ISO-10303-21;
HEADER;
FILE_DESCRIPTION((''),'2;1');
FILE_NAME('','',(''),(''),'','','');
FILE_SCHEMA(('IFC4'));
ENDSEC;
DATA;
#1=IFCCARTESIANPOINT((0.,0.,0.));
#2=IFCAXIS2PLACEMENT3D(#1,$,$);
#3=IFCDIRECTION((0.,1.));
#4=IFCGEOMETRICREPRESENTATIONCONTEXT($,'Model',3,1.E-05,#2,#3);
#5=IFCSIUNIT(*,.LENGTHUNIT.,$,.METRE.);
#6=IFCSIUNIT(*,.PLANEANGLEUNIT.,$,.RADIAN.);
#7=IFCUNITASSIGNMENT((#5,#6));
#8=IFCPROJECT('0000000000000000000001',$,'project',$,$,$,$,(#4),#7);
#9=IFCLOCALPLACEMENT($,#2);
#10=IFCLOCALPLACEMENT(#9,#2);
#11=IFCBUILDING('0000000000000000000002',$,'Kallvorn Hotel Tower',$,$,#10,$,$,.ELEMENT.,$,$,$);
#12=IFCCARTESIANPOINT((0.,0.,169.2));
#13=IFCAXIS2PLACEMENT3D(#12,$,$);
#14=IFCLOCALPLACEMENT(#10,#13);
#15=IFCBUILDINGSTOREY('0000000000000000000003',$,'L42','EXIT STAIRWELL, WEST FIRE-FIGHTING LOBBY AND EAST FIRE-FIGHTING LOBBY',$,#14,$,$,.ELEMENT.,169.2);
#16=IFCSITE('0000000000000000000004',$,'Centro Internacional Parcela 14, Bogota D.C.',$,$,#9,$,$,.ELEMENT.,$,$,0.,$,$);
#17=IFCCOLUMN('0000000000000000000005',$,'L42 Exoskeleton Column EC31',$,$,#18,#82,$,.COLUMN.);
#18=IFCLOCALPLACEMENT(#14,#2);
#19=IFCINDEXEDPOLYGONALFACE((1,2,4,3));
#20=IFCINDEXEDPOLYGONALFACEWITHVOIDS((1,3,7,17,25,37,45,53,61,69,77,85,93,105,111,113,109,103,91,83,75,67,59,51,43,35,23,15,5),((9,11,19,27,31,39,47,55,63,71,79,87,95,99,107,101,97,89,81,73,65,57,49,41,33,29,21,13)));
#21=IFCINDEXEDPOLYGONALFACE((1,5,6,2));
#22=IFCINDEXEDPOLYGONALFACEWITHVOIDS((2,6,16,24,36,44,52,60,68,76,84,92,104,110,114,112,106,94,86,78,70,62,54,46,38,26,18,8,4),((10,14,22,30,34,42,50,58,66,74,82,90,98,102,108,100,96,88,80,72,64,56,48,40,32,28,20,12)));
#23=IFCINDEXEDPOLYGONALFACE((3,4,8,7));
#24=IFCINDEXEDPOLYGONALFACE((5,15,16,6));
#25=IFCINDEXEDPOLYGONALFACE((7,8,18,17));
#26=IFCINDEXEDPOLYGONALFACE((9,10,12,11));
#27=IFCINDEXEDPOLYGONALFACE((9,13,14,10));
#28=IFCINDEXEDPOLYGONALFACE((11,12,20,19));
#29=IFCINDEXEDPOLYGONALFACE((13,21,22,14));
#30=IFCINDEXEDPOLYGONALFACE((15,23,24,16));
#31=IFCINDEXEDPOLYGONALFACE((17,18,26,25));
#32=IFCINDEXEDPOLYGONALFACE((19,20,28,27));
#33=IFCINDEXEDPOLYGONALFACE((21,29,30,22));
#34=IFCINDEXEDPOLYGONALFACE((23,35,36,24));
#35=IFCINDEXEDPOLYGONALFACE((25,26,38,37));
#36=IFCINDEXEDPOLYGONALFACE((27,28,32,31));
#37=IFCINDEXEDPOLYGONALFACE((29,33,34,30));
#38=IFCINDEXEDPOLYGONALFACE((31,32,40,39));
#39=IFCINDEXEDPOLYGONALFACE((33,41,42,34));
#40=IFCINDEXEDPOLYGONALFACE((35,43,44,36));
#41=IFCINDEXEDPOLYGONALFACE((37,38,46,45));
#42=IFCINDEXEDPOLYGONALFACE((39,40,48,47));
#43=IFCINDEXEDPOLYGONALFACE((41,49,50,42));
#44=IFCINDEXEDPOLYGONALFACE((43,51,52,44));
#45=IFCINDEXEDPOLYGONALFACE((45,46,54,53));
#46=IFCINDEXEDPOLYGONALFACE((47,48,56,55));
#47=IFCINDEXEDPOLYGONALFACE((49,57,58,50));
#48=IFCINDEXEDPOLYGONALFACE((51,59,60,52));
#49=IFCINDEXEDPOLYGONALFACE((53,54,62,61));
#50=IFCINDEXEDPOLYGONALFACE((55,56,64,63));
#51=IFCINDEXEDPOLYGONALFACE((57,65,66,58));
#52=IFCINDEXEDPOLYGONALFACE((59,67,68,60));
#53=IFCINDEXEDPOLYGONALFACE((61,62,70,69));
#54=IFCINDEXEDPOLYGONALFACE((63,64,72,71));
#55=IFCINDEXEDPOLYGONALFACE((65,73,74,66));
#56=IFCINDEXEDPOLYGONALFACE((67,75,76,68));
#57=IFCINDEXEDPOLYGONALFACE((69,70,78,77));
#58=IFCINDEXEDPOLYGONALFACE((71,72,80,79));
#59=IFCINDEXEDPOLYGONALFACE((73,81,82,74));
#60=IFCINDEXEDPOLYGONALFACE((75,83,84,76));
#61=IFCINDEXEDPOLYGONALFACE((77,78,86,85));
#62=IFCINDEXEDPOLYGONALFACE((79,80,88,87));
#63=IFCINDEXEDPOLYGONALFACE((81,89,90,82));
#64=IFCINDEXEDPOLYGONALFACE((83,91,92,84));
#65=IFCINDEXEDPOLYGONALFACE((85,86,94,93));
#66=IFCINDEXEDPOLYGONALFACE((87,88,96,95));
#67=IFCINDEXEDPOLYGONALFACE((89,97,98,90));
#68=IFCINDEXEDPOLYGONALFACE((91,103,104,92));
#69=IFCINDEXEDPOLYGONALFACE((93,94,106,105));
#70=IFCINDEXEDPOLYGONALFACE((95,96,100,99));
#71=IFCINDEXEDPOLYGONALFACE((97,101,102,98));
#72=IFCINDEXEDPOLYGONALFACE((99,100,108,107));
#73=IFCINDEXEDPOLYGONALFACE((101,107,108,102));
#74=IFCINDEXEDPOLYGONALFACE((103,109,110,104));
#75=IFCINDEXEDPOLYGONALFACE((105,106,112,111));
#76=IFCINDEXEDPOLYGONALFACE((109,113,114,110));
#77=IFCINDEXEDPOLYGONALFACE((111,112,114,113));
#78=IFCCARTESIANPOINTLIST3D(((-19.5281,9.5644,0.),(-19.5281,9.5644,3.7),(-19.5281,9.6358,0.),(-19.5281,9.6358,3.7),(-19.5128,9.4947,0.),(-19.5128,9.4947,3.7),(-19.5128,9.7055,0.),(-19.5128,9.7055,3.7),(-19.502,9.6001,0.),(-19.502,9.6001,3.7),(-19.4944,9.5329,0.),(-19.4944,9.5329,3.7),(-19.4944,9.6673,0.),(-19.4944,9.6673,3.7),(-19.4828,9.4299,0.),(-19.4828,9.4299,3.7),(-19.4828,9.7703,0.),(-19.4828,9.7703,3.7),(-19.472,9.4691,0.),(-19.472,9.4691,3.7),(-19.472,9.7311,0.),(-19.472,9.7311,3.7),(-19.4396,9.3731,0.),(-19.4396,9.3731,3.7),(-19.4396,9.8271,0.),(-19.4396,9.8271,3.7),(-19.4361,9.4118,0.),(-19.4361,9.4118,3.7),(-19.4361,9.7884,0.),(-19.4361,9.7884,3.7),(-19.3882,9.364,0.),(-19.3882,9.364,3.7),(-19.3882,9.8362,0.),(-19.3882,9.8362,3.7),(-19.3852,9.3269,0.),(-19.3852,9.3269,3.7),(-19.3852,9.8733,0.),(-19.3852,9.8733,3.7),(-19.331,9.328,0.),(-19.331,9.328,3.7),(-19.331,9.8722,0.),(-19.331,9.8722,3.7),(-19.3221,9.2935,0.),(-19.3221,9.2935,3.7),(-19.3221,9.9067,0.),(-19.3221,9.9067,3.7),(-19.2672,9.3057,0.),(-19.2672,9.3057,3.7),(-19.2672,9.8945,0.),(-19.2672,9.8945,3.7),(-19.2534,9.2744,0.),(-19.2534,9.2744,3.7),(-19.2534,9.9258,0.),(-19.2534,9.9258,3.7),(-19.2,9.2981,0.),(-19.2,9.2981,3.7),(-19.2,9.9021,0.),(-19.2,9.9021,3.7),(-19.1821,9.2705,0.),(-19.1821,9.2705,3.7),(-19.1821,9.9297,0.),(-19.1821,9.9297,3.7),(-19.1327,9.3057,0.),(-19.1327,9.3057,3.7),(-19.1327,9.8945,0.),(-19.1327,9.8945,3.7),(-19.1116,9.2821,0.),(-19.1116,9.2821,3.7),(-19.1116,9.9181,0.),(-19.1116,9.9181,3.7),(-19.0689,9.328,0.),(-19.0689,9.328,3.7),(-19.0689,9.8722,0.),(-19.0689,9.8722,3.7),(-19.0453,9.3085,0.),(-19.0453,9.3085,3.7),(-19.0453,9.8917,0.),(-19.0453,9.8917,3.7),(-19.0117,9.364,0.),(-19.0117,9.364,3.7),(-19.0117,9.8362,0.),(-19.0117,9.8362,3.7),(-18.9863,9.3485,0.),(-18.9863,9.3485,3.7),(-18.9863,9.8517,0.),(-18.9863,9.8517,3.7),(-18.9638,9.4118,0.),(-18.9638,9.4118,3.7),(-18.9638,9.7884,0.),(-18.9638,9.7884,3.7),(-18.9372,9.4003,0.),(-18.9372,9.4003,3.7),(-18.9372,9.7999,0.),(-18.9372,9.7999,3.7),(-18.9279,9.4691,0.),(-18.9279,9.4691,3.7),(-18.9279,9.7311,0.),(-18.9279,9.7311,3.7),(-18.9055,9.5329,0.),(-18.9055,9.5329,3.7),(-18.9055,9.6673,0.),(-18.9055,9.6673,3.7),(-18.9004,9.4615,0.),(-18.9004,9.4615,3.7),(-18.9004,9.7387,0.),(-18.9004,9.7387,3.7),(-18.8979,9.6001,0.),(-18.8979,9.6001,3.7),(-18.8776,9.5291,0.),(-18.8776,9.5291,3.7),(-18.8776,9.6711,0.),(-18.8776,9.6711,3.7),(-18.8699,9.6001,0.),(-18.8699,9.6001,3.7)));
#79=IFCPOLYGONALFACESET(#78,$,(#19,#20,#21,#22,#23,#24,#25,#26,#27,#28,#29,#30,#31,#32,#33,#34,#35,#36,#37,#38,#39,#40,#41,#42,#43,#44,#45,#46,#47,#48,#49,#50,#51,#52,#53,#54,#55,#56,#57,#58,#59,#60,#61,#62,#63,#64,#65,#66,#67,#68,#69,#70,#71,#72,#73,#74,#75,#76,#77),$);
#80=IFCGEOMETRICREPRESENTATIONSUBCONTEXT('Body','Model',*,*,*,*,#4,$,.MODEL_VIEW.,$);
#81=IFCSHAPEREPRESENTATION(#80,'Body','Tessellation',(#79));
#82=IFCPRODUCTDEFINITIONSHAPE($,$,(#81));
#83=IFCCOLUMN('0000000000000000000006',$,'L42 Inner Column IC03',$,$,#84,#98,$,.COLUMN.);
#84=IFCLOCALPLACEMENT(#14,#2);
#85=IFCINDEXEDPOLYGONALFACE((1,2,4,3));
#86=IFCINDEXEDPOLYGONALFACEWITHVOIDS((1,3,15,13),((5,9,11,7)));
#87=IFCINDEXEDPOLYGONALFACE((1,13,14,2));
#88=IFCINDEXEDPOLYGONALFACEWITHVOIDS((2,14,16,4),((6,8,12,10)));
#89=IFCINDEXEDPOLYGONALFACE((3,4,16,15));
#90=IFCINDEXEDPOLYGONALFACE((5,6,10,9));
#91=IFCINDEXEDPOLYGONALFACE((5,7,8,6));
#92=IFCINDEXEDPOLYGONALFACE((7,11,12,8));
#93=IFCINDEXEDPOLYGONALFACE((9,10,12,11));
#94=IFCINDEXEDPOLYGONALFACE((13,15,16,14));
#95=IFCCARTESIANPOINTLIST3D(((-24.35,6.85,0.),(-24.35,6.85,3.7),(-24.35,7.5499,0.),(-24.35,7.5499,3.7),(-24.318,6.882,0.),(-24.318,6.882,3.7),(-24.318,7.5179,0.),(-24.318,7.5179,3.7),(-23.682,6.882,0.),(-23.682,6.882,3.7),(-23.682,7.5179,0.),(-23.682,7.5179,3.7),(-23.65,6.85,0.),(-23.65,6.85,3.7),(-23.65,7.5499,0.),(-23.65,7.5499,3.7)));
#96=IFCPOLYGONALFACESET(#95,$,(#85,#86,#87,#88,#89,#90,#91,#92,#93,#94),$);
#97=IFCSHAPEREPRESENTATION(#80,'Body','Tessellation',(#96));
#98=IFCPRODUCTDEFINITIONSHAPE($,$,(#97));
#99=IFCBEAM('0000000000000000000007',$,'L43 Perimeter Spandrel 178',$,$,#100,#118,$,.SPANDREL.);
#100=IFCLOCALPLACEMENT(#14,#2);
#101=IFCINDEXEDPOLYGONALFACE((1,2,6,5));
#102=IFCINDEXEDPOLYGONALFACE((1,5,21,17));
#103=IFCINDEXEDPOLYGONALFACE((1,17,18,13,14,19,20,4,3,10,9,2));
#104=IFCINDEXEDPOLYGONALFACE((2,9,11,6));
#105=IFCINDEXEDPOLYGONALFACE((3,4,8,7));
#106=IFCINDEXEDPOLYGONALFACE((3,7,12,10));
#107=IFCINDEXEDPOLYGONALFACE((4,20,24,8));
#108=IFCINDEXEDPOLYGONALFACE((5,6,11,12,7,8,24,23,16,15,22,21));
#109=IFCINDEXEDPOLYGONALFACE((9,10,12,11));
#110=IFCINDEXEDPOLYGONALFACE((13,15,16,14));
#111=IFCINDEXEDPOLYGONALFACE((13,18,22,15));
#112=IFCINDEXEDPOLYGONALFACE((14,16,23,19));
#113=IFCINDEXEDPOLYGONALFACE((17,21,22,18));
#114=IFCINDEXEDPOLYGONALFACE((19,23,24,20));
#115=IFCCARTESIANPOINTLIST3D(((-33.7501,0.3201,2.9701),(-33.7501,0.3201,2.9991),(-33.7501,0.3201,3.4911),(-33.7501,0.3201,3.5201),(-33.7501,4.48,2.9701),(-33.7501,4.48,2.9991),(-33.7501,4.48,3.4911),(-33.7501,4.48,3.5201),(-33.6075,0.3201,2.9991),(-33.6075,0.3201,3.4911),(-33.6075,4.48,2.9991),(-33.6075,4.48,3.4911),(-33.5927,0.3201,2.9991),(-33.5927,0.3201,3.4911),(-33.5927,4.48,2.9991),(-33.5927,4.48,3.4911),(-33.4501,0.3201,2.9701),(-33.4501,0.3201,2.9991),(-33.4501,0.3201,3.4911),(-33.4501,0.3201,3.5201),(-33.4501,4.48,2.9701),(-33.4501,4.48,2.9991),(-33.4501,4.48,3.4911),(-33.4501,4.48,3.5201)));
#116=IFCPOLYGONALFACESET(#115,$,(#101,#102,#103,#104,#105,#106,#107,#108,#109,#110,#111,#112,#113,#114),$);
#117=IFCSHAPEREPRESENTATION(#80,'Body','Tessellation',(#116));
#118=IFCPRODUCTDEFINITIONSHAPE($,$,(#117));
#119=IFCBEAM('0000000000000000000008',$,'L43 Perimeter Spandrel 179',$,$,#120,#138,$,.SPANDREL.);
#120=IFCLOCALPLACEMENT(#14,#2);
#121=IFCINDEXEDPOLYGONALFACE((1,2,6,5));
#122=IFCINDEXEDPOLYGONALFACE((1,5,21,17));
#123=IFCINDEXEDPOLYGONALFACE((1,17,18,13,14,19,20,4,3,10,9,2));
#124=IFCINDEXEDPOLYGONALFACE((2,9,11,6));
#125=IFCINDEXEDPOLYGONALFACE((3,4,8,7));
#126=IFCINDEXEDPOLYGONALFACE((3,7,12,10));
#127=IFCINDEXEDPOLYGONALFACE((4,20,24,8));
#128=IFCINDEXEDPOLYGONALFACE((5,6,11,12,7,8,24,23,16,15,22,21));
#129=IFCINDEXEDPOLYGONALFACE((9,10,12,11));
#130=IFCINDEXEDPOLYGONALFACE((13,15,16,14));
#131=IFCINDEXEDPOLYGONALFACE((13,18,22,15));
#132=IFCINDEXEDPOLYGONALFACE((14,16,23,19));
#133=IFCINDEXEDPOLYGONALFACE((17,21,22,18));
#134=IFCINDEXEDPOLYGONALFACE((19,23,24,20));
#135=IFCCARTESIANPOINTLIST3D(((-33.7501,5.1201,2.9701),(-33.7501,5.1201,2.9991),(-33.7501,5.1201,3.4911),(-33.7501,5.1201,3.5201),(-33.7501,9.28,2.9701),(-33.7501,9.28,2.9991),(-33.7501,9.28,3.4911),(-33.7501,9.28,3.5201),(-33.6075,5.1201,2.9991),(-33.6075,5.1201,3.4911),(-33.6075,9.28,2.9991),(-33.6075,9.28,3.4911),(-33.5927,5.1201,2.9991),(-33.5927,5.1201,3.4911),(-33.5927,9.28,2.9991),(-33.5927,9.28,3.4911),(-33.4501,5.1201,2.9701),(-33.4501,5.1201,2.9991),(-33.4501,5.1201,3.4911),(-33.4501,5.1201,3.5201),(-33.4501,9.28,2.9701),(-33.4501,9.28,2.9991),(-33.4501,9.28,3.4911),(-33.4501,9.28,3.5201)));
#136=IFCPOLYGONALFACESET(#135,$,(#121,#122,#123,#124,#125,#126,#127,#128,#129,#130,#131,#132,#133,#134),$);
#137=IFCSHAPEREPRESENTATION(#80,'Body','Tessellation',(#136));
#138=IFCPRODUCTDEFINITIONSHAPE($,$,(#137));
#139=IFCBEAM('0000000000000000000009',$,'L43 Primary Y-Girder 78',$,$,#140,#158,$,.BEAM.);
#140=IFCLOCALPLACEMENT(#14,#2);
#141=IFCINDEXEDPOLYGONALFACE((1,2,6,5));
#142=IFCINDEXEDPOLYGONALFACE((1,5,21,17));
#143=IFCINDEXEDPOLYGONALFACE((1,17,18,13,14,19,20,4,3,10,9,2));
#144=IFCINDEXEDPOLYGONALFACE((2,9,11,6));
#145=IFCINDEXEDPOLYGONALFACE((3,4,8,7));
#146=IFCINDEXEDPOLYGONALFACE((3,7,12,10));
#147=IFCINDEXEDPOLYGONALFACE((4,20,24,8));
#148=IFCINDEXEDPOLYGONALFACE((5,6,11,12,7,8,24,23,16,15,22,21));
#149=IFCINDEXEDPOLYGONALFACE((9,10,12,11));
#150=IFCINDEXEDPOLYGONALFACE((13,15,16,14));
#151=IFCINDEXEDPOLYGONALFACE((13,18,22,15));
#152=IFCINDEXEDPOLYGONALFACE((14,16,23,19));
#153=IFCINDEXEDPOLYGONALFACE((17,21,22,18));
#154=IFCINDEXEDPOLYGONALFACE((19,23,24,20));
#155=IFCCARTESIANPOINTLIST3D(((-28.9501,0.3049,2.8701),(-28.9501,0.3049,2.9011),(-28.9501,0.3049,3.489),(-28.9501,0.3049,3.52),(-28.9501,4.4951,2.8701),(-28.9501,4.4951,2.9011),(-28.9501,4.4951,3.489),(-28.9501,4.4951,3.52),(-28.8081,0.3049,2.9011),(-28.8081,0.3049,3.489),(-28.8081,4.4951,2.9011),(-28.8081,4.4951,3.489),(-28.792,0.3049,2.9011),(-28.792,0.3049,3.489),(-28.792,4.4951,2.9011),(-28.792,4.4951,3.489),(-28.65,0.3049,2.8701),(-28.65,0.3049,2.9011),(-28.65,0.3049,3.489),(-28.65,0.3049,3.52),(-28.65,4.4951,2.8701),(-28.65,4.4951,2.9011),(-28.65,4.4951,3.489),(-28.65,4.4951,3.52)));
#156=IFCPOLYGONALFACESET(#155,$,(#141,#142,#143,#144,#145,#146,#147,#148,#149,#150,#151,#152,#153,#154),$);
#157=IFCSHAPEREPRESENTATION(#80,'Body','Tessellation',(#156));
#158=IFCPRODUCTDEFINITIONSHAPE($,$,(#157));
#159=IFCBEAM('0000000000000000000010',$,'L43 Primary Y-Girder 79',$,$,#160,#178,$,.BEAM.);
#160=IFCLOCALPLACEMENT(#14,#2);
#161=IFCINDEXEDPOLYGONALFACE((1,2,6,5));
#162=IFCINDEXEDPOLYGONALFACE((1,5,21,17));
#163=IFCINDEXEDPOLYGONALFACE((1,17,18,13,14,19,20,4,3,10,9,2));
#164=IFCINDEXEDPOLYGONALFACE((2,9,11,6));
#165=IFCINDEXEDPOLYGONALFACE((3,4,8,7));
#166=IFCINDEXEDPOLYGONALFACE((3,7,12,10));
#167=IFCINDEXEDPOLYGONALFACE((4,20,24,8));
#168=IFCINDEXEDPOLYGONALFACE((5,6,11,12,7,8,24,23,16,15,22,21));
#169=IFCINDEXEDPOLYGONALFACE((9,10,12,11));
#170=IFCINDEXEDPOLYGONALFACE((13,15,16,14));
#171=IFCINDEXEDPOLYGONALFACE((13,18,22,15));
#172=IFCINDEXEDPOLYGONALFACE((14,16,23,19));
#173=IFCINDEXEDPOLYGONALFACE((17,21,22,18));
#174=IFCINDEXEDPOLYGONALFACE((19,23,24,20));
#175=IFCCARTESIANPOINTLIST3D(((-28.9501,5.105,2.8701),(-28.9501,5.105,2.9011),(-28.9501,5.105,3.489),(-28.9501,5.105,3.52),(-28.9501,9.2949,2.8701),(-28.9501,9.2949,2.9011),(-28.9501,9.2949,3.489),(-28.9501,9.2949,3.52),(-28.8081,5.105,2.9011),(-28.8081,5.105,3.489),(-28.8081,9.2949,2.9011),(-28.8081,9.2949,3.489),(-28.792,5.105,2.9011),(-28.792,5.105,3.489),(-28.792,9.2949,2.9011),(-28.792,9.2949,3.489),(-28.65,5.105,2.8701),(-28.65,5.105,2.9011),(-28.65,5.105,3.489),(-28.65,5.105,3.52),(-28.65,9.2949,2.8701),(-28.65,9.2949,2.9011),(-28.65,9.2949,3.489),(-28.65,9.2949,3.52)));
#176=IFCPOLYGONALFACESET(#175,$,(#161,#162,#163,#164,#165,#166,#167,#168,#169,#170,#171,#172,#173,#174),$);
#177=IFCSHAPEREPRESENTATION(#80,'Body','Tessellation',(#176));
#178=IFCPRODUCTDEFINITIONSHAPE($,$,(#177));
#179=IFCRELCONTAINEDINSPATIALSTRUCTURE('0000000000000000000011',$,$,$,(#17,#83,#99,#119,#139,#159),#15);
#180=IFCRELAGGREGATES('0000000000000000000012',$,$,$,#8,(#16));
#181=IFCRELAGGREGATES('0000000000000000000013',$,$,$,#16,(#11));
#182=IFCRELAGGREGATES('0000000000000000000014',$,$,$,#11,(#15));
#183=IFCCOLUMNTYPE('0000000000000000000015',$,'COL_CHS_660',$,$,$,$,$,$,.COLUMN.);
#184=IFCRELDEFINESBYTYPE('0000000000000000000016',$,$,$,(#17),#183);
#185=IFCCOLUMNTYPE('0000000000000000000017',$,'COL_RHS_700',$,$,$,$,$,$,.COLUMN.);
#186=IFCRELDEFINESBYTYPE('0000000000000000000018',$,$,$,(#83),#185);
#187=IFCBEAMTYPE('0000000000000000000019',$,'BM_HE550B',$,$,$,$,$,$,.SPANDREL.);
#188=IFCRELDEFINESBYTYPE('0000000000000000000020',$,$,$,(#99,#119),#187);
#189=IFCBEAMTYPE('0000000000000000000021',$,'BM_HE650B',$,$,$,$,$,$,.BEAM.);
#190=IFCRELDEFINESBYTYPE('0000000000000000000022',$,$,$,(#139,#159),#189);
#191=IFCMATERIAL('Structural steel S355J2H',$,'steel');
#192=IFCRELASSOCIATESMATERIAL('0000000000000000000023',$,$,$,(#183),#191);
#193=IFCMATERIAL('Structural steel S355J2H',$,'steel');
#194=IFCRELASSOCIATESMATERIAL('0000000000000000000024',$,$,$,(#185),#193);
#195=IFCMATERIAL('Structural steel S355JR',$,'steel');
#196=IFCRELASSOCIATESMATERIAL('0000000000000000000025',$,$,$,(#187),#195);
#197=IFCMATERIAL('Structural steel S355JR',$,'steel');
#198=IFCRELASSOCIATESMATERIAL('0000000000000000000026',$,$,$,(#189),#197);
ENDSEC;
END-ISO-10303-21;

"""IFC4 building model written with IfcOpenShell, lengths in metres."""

from ifc_helpers import new_model, si_unit, direction, frame, origin, origin_2d, place, context, subcontext, project, spatial, hollow_rectangle, hollow_circle, i_section, extrude, material, material_profile, profile_set, type_object, element, save


model = new_model("IFC4")

# Units and contexts
model_context = context("Model", 3, precision=1e-05, world=origin(), true_north=direction((0.0, 1.0)))
body_context = subcontext(model_context, "Body", "Model", "MODEL_VIEW")
ifc_project = project(units=[si_unit("LENGTHUNIT", "METRE"), si_unit("PLANEANGLEUNIT", "RADIAN")], contexts=[model_context])

# Site, building, storey
site_placement = place(None, origin())
site = spatial("IfcSite", under=ifc_project, at=site_placement, Name="Centro Internacional Parcela 14, Bogota D.C.", CompositionType="ELEMENT", RefElevation=0.0)
building_placement = place(site_placement, origin())
building = spatial("IfcBuilding", under=site, at=building_placement, Name="Kallvorn Hotel Tower", CompositionType="ELEMENT")
storey_placement = place(building_placement, frame((0.0, 0.0, 169.2)))
storey = spatial("IfcBuildingStorey", under=building, at=storey_placement, Name="L42", Description="EXIT STAIRWELL, WEST FIRE-FIGHTING LOBBY AND EAST FIRE-FIGHTING LOBBY", CompositionType="ELEMENT", Elevation=169.2)

# Columns
ifc_material_1 = material(Name="Structural steel S355J2H", Category="steel")
ifc_material_profile_1 = material_profile(ifc_material_1, hollow_circle(Radius=0.3301, WallThickness=0.0281, at=origin_2d()), Name="CHS 660x28")
ifc_profile_set_1 = profile_set([ifc_material_profile_1], Name="Structural steel S355J2H")
column_type_1 = type_object("IfcColumnType", Name="COL_CHS_660", PredefinedType="COLUMN", material=ifc_profile_set_1)
for number, where, z_axis, x_axis, name in (
    (1, (-19.2, 9.6001, 0.0), (0.0, 0.0, 1.0), (1.0, 0.0, 0.0), "L42 Exoskeleton Column EC31"),
):
    element("IfcColumn", number, at=place(storey_placement, frame(where, z_axis=z_axis, x_axis=x_axis)), inside=storey, type_object=column_type_1, Name=name, PredefinedType="COLUMN", context=body_context, shape_type="SweptSolid", body=[
        extrude(hollow_circle(Radius=0.3301, WallThickness=0.0281, at=origin_2d()), origin(), (0.0, 0.0, 1.0), 3.7),
    ])
ifc_material_2 = material(Name="Structural steel S355J2H", Category="steel")
ifc_material_profile_2 = material_profile(ifc_material_2, hollow_rectangle(XDim=0.7, YDim=0.7, WallThickness=0.032, at=origin_2d()), Name="RHS 700x700x32")
ifc_profile_set_2 = profile_set([ifc_material_profile_2], Name="Structural steel S355J2H")
column_type_2 = type_object("IfcColumnType", Name="COL_RHS_700", PredefinedType="COLUMN", material=ifc_profile_set_2)
column_placement = place(storey_placement, frame((-24.0, 7.2, 0.0), z_axis=(0.0, 0.0, 1.0), x_axis=(1.0, 0.0, 0.0)))
element("IfcColumn", 2, at=column_placement, inside=storey, type_object=column_type_2, Name="L42 Inner Column IC03", PredefinedType="COLUMN", context=body_context, shape_type="SweptSolid", body=[
    extrude(hollow_rectangle(XDim=0.7, YDim=0.7, WallThickness=0.032, at=origin_2d()), origin(), (0.0, 0.0, 1.0), 3.7),
])

# Beams
ifc_material_3 = material(Name="Structural steel S355JR", Category="steel")
ifc_material_profile_3 = material_profile(ifc_material_3, i_section(OverallWidth=0.3, OverallDepth=0.55, WebThickness=0.0149, FlangeThickness=0.0291, at=origin_2d()), Name="HE 550 B")
ifc_profile_set_3 = profile_set([ifc_material_profile_3], Name="Structural steel S355JR")
beam_type_1 = type_object("IfcBeamType", Name="BM_HE550B", PredefinedType="SPANDREL", material=ifc_profile_set_3)
for number, where, z_axis, x_axis, name in (
    (3, (-33.6001, 0.3201, 3.2451), (0.0, 1.0, 0.0), (-1.0, 0.0, 0.0), "L43 Perimeter Spandrel 178"),
    (4, (-33.6001, 5.1201, 3.2451), (0.0, 1.0, 0.0), (-1.0, 0.0, 0.0), "L43 Perimeter Spandrel 179"),
):
    element("IfcBeam", number, at=place(storey_placement, frame(where, z_axis=z_axis, x_axis=x_axis)), inside=storey, type_object=beam_type_1, Name=name, PredefinedType="SPANDREL", context=body_context, shape_type="SweptSolid", body=[
        extrude(i_section(OverallWidth=0.3, OverallDepth=0.55, WebThickness=0.0149, FlangeThickness=0.0291, at=origin_2d()), origin(), (0.0, 0.0, 1.0), 4.1599),
    ])
ifc_material_4 = material(Name="Structural steel S355JR", Category="steel")
ifc_material_profile_4 = material_profile(ifc_material_4, i_section(OverallWidth=0.3, OverallDepth=0.6499, WebThickness=0.0161, FlangeThickness=0.031, at=origin_2d()), Name="HE 650 B")
ifc_profile_set_4 = profile_set([ifc_material_profile_4], Name="Structural steel S355JR")
beam_type_2 = type_object("IfcBeamType", Name="BM_HE650B", PredefinedType="BEAM", material=ifc_profile_set_4)
beam_1_placement = place(storey_placement, frame((-28.8, 0.3049, 3.1951), z_axis=(0.0, 1.0, 0.0), x_axis=(-1.0, 0.0, 0.0)))
element("IfcBeam", 5, at=beam_1_placement, inside=storey, type_object=beam_type_2, Name="L43 Primary Y-Girder 78", PredefinedType="BEAM", context=body_context, shape_type="SweptSolid", body=[
    extrude(i_section(OverallWidth=0.3, OverallDepth=0.6499, WebThickness=0.0161, FlangeThickness=0.031, at=origin_2d()), origin(), (0.0, 0.0, 1.0), 4.1902),
])
for number, where, z_axis, x_axis, name in (
    (6, (-28.8, 5.105, 3.1951), (0.0, 1.0, 0.0), (-1.0, 0.0, 0.0), "L43 Primary Y-Girder 79"),
):
    element("IfcBeam", number, at=place(storey_placement, frame(where, z_axis=z_axis, x_axis=x_axis)), inside=storey, type_object=beam_type_2, Name=name, PredefinedType="BEAM", context=body_context, shape_type="SweptSolid", body=[
        extrude(i_section(OverallWidth=0.3, OverallDepth=0.6499, WebThickness=0.0161, FlangeThickness=0.031, at=origin_2d()), origin(), (0.0, 0.0, 1.0), 4.1899),
    ])

save(model, "model.ifc")
